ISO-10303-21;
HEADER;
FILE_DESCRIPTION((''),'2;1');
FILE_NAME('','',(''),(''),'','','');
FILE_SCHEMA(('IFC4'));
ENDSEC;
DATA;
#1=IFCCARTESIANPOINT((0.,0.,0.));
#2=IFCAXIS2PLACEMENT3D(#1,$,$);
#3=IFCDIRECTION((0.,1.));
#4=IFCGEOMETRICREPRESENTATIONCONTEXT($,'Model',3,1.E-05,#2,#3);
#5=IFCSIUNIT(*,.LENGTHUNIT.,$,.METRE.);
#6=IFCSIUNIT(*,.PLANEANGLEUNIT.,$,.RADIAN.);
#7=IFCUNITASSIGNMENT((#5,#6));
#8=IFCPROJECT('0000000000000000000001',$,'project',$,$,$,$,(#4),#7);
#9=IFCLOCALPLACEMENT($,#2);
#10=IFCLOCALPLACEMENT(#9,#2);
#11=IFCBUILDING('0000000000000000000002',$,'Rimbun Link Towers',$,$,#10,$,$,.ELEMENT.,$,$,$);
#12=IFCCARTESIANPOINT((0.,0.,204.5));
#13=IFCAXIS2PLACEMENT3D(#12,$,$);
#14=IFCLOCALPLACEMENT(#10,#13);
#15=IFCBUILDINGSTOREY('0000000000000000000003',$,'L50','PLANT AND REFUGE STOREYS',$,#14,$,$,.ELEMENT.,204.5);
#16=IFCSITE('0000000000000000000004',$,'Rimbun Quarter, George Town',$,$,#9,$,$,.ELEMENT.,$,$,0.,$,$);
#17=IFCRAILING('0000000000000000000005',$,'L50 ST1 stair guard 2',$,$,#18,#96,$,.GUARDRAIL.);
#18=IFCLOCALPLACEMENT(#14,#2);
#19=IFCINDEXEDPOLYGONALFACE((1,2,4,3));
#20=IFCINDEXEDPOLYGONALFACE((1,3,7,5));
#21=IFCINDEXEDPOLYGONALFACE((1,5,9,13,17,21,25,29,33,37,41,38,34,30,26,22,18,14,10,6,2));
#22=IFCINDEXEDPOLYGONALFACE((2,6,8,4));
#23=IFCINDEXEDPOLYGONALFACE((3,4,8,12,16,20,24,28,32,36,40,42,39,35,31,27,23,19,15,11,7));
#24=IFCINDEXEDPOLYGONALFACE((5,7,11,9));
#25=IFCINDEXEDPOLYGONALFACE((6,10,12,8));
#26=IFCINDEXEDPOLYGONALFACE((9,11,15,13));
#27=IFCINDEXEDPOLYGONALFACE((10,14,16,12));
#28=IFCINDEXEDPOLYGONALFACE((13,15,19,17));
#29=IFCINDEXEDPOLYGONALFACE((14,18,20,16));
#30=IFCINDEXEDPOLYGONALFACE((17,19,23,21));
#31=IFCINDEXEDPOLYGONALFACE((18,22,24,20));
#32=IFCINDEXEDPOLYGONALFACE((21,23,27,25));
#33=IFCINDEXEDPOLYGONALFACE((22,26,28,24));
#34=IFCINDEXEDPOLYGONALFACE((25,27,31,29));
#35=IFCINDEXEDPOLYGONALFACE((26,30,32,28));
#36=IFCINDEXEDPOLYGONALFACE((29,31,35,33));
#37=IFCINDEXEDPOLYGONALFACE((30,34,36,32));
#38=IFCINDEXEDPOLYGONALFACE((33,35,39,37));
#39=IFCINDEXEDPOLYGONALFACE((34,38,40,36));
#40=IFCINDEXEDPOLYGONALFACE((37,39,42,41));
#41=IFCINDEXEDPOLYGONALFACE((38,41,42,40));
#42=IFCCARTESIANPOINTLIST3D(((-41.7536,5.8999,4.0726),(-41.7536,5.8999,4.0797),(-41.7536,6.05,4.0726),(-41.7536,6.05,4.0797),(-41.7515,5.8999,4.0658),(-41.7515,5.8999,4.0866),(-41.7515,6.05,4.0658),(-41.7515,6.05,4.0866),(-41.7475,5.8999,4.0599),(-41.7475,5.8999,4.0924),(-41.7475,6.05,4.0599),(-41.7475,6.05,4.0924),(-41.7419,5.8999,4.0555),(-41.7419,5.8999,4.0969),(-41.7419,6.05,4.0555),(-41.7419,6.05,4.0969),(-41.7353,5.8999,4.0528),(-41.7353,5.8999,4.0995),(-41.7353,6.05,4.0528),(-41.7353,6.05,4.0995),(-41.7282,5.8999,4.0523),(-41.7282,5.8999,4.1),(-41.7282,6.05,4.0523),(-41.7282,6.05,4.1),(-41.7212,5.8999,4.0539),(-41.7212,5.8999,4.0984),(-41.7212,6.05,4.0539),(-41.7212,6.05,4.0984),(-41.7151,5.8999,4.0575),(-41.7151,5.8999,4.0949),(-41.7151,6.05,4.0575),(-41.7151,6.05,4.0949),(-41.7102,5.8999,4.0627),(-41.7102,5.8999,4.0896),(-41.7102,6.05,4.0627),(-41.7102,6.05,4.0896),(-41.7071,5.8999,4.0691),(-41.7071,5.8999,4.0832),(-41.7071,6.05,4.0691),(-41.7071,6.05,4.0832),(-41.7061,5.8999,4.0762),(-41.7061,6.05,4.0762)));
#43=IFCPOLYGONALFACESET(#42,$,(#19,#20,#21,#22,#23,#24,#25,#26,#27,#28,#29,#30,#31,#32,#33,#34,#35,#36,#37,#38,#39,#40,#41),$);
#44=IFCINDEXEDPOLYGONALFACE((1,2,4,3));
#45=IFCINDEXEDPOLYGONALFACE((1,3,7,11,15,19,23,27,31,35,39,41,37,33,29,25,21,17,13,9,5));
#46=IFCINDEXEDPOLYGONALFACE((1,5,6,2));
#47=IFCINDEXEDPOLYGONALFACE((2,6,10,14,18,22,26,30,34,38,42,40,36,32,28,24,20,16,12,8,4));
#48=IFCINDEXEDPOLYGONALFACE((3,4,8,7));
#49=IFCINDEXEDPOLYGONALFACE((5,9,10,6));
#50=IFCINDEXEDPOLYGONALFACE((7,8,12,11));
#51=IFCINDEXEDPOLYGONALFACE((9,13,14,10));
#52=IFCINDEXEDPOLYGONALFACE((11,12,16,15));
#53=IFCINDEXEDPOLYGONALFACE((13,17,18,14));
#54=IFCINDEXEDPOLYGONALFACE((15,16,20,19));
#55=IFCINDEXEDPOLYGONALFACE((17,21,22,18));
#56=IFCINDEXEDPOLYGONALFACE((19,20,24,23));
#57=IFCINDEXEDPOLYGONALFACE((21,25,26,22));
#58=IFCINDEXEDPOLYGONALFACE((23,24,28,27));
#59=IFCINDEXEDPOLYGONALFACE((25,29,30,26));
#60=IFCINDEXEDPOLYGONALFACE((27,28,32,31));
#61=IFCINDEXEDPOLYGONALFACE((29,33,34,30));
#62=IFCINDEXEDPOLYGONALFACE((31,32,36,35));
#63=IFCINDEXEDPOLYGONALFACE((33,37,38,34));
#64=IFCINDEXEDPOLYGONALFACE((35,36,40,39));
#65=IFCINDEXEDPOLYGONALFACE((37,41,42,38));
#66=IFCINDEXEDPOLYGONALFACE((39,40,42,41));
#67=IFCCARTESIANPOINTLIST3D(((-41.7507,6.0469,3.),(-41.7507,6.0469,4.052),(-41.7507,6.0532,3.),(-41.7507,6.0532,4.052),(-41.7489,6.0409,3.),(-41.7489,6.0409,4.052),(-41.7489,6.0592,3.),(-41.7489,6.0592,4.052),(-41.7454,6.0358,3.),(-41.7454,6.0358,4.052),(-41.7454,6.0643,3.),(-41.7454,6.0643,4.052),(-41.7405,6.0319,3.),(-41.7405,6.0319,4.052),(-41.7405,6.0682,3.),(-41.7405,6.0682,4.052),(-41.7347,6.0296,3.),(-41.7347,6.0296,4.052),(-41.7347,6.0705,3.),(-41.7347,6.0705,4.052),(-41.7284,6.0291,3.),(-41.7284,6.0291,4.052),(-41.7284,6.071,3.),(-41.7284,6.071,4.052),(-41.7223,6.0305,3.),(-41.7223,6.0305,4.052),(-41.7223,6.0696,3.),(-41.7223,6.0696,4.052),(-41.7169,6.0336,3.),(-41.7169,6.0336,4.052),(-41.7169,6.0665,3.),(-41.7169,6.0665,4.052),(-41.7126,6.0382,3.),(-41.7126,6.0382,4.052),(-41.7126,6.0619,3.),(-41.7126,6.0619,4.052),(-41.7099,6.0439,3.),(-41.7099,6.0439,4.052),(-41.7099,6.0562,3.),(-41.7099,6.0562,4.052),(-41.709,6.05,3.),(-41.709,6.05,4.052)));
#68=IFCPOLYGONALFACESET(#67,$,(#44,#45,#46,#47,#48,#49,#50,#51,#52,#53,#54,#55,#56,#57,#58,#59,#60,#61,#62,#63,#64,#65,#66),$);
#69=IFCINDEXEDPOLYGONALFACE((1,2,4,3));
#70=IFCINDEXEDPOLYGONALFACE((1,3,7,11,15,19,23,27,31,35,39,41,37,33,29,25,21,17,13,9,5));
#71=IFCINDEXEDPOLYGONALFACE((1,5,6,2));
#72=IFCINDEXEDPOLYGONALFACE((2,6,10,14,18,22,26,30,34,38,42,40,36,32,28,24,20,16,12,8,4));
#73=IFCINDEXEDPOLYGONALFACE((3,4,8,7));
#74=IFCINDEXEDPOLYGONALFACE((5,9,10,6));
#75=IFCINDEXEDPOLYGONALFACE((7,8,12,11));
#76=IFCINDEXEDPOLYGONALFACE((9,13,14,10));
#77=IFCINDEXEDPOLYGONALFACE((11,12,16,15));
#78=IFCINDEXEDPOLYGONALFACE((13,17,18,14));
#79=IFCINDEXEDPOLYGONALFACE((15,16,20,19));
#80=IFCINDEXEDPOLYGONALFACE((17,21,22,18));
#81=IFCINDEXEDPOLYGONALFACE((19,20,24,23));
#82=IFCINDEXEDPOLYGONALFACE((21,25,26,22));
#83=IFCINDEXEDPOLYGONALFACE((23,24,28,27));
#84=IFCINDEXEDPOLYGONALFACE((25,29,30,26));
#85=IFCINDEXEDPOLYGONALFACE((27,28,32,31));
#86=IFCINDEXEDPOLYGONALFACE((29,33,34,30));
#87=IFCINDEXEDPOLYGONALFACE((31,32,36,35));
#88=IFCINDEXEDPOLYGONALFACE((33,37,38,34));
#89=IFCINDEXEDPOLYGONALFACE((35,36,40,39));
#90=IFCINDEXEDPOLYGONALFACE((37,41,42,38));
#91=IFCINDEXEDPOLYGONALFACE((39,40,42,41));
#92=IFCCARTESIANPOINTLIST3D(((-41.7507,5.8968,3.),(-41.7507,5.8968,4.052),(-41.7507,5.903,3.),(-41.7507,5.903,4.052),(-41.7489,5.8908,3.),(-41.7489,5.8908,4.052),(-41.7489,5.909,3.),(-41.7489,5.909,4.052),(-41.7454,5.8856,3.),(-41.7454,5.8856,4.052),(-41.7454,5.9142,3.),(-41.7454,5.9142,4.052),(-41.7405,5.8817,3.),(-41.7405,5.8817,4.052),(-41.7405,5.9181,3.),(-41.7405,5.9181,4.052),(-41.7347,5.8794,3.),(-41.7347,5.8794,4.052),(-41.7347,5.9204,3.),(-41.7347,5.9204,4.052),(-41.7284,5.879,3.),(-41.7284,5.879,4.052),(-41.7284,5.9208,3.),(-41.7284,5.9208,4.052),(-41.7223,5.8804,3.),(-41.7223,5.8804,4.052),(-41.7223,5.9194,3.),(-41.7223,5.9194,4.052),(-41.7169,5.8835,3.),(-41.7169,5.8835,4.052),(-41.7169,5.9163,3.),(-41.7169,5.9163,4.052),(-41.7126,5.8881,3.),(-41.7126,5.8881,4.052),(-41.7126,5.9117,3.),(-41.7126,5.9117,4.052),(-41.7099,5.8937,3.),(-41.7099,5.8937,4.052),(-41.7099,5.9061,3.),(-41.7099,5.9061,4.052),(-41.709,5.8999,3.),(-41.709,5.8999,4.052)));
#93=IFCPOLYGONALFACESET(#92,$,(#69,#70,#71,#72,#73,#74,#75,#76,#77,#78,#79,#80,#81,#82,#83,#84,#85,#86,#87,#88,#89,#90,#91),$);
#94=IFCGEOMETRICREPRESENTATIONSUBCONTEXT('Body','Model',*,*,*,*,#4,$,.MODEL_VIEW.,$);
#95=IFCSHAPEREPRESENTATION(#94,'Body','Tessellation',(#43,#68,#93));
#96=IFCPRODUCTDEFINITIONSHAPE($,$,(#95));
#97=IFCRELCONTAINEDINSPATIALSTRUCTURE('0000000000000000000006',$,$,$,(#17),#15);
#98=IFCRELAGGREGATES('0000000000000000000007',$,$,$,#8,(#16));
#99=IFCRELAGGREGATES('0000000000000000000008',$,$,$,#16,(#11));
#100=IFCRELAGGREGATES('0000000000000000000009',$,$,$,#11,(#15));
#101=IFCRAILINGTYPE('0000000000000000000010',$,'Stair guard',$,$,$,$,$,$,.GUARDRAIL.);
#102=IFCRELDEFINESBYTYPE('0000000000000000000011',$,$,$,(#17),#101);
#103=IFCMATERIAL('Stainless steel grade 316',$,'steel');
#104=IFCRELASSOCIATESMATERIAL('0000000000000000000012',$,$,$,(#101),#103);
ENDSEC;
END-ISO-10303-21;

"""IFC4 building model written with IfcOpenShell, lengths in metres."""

from ifc_helpers import new_model, si_unit, direction, frame, origin, origin_2d, place, context, subcontext, project, spatial, circle, extrude, material, type_object, element, save


model = new_model("IFC4")

# Units and contexts
model_context = context("Model", 3, precision=1e-05, world=origin(), true_north=direction((0.0, 1.0)))
body_context = subcontext(model_context, "Body", "Model", "MODEL_VIEW")
ifc_project = project(units=[si_unit("LENGTHUNIT", "METRE"), si_unit("PLANEANGLEUNIT", "RADIAN")], contexts=[model_context])

# Site, building, storey
site_placement = place(None, origin())
site = spatial("IfcSite", under=ifc_project, at=site_placement, Name="Rimbun Quarter, George Town", CompositionType="ELEMENT", RefElevation=0.0)
building_placement = place(site_placement, origin())
building = spatial("IfcBuilding", under=site, at=building_placement, Name="Rimbun Link Towers", CompositionType="ELEMENT")
storey_placement = place(building_placement, frame((0.0, 0.0, 204.5)))
storey = spatial("IfcBuildingStorey", under=building, at=storey_placement, Name="L50", Description="PLANT AND REFUGE STOREYS", CompositionType="ELEMENT", Elevation=204.5)

# Railing
ifc_material_1 = material(Name="Stainless steel grade 316", Category="steel")
railing_type_1 = type_object("IfcRailingType", Name="Stair guard", PredefinedType="GUARDRAIL", material=ifc_material_1)
railing_1_placement = place(storey_placement, frame((-41.73, 6.05, 3.0)))
element("IfcRailing", 1, at=railing_1_placement, inside=storey, type_object=railing_type_1, Name="L50 ST1 stair guard 2", PredefinedType="GUARDRAIL", context=body_context, shape_type="SweptSolid", body=[
    extrude(circle(Radius=0.0239, at=origin_2d()), frame((0.0, 0.0, 1.0762), z_axis=(0.0, -1.0, 0.0), x_axis=(1.0, 0.0, 0.0)), (0.0, 0.0, 1.0), 0.1501),
    extrude(circle(Radius=0.021, at=origin_2d()), origin(), (0.0, 0.0, 1.0), 1.052),
    extrude(circle(Radius=0.021, at=origin_2d()), frame((0.0, -0.1501, 0.0)), (0.0, 0.0, 1.0), 1.052),
])

save(model, "model.ifc")
